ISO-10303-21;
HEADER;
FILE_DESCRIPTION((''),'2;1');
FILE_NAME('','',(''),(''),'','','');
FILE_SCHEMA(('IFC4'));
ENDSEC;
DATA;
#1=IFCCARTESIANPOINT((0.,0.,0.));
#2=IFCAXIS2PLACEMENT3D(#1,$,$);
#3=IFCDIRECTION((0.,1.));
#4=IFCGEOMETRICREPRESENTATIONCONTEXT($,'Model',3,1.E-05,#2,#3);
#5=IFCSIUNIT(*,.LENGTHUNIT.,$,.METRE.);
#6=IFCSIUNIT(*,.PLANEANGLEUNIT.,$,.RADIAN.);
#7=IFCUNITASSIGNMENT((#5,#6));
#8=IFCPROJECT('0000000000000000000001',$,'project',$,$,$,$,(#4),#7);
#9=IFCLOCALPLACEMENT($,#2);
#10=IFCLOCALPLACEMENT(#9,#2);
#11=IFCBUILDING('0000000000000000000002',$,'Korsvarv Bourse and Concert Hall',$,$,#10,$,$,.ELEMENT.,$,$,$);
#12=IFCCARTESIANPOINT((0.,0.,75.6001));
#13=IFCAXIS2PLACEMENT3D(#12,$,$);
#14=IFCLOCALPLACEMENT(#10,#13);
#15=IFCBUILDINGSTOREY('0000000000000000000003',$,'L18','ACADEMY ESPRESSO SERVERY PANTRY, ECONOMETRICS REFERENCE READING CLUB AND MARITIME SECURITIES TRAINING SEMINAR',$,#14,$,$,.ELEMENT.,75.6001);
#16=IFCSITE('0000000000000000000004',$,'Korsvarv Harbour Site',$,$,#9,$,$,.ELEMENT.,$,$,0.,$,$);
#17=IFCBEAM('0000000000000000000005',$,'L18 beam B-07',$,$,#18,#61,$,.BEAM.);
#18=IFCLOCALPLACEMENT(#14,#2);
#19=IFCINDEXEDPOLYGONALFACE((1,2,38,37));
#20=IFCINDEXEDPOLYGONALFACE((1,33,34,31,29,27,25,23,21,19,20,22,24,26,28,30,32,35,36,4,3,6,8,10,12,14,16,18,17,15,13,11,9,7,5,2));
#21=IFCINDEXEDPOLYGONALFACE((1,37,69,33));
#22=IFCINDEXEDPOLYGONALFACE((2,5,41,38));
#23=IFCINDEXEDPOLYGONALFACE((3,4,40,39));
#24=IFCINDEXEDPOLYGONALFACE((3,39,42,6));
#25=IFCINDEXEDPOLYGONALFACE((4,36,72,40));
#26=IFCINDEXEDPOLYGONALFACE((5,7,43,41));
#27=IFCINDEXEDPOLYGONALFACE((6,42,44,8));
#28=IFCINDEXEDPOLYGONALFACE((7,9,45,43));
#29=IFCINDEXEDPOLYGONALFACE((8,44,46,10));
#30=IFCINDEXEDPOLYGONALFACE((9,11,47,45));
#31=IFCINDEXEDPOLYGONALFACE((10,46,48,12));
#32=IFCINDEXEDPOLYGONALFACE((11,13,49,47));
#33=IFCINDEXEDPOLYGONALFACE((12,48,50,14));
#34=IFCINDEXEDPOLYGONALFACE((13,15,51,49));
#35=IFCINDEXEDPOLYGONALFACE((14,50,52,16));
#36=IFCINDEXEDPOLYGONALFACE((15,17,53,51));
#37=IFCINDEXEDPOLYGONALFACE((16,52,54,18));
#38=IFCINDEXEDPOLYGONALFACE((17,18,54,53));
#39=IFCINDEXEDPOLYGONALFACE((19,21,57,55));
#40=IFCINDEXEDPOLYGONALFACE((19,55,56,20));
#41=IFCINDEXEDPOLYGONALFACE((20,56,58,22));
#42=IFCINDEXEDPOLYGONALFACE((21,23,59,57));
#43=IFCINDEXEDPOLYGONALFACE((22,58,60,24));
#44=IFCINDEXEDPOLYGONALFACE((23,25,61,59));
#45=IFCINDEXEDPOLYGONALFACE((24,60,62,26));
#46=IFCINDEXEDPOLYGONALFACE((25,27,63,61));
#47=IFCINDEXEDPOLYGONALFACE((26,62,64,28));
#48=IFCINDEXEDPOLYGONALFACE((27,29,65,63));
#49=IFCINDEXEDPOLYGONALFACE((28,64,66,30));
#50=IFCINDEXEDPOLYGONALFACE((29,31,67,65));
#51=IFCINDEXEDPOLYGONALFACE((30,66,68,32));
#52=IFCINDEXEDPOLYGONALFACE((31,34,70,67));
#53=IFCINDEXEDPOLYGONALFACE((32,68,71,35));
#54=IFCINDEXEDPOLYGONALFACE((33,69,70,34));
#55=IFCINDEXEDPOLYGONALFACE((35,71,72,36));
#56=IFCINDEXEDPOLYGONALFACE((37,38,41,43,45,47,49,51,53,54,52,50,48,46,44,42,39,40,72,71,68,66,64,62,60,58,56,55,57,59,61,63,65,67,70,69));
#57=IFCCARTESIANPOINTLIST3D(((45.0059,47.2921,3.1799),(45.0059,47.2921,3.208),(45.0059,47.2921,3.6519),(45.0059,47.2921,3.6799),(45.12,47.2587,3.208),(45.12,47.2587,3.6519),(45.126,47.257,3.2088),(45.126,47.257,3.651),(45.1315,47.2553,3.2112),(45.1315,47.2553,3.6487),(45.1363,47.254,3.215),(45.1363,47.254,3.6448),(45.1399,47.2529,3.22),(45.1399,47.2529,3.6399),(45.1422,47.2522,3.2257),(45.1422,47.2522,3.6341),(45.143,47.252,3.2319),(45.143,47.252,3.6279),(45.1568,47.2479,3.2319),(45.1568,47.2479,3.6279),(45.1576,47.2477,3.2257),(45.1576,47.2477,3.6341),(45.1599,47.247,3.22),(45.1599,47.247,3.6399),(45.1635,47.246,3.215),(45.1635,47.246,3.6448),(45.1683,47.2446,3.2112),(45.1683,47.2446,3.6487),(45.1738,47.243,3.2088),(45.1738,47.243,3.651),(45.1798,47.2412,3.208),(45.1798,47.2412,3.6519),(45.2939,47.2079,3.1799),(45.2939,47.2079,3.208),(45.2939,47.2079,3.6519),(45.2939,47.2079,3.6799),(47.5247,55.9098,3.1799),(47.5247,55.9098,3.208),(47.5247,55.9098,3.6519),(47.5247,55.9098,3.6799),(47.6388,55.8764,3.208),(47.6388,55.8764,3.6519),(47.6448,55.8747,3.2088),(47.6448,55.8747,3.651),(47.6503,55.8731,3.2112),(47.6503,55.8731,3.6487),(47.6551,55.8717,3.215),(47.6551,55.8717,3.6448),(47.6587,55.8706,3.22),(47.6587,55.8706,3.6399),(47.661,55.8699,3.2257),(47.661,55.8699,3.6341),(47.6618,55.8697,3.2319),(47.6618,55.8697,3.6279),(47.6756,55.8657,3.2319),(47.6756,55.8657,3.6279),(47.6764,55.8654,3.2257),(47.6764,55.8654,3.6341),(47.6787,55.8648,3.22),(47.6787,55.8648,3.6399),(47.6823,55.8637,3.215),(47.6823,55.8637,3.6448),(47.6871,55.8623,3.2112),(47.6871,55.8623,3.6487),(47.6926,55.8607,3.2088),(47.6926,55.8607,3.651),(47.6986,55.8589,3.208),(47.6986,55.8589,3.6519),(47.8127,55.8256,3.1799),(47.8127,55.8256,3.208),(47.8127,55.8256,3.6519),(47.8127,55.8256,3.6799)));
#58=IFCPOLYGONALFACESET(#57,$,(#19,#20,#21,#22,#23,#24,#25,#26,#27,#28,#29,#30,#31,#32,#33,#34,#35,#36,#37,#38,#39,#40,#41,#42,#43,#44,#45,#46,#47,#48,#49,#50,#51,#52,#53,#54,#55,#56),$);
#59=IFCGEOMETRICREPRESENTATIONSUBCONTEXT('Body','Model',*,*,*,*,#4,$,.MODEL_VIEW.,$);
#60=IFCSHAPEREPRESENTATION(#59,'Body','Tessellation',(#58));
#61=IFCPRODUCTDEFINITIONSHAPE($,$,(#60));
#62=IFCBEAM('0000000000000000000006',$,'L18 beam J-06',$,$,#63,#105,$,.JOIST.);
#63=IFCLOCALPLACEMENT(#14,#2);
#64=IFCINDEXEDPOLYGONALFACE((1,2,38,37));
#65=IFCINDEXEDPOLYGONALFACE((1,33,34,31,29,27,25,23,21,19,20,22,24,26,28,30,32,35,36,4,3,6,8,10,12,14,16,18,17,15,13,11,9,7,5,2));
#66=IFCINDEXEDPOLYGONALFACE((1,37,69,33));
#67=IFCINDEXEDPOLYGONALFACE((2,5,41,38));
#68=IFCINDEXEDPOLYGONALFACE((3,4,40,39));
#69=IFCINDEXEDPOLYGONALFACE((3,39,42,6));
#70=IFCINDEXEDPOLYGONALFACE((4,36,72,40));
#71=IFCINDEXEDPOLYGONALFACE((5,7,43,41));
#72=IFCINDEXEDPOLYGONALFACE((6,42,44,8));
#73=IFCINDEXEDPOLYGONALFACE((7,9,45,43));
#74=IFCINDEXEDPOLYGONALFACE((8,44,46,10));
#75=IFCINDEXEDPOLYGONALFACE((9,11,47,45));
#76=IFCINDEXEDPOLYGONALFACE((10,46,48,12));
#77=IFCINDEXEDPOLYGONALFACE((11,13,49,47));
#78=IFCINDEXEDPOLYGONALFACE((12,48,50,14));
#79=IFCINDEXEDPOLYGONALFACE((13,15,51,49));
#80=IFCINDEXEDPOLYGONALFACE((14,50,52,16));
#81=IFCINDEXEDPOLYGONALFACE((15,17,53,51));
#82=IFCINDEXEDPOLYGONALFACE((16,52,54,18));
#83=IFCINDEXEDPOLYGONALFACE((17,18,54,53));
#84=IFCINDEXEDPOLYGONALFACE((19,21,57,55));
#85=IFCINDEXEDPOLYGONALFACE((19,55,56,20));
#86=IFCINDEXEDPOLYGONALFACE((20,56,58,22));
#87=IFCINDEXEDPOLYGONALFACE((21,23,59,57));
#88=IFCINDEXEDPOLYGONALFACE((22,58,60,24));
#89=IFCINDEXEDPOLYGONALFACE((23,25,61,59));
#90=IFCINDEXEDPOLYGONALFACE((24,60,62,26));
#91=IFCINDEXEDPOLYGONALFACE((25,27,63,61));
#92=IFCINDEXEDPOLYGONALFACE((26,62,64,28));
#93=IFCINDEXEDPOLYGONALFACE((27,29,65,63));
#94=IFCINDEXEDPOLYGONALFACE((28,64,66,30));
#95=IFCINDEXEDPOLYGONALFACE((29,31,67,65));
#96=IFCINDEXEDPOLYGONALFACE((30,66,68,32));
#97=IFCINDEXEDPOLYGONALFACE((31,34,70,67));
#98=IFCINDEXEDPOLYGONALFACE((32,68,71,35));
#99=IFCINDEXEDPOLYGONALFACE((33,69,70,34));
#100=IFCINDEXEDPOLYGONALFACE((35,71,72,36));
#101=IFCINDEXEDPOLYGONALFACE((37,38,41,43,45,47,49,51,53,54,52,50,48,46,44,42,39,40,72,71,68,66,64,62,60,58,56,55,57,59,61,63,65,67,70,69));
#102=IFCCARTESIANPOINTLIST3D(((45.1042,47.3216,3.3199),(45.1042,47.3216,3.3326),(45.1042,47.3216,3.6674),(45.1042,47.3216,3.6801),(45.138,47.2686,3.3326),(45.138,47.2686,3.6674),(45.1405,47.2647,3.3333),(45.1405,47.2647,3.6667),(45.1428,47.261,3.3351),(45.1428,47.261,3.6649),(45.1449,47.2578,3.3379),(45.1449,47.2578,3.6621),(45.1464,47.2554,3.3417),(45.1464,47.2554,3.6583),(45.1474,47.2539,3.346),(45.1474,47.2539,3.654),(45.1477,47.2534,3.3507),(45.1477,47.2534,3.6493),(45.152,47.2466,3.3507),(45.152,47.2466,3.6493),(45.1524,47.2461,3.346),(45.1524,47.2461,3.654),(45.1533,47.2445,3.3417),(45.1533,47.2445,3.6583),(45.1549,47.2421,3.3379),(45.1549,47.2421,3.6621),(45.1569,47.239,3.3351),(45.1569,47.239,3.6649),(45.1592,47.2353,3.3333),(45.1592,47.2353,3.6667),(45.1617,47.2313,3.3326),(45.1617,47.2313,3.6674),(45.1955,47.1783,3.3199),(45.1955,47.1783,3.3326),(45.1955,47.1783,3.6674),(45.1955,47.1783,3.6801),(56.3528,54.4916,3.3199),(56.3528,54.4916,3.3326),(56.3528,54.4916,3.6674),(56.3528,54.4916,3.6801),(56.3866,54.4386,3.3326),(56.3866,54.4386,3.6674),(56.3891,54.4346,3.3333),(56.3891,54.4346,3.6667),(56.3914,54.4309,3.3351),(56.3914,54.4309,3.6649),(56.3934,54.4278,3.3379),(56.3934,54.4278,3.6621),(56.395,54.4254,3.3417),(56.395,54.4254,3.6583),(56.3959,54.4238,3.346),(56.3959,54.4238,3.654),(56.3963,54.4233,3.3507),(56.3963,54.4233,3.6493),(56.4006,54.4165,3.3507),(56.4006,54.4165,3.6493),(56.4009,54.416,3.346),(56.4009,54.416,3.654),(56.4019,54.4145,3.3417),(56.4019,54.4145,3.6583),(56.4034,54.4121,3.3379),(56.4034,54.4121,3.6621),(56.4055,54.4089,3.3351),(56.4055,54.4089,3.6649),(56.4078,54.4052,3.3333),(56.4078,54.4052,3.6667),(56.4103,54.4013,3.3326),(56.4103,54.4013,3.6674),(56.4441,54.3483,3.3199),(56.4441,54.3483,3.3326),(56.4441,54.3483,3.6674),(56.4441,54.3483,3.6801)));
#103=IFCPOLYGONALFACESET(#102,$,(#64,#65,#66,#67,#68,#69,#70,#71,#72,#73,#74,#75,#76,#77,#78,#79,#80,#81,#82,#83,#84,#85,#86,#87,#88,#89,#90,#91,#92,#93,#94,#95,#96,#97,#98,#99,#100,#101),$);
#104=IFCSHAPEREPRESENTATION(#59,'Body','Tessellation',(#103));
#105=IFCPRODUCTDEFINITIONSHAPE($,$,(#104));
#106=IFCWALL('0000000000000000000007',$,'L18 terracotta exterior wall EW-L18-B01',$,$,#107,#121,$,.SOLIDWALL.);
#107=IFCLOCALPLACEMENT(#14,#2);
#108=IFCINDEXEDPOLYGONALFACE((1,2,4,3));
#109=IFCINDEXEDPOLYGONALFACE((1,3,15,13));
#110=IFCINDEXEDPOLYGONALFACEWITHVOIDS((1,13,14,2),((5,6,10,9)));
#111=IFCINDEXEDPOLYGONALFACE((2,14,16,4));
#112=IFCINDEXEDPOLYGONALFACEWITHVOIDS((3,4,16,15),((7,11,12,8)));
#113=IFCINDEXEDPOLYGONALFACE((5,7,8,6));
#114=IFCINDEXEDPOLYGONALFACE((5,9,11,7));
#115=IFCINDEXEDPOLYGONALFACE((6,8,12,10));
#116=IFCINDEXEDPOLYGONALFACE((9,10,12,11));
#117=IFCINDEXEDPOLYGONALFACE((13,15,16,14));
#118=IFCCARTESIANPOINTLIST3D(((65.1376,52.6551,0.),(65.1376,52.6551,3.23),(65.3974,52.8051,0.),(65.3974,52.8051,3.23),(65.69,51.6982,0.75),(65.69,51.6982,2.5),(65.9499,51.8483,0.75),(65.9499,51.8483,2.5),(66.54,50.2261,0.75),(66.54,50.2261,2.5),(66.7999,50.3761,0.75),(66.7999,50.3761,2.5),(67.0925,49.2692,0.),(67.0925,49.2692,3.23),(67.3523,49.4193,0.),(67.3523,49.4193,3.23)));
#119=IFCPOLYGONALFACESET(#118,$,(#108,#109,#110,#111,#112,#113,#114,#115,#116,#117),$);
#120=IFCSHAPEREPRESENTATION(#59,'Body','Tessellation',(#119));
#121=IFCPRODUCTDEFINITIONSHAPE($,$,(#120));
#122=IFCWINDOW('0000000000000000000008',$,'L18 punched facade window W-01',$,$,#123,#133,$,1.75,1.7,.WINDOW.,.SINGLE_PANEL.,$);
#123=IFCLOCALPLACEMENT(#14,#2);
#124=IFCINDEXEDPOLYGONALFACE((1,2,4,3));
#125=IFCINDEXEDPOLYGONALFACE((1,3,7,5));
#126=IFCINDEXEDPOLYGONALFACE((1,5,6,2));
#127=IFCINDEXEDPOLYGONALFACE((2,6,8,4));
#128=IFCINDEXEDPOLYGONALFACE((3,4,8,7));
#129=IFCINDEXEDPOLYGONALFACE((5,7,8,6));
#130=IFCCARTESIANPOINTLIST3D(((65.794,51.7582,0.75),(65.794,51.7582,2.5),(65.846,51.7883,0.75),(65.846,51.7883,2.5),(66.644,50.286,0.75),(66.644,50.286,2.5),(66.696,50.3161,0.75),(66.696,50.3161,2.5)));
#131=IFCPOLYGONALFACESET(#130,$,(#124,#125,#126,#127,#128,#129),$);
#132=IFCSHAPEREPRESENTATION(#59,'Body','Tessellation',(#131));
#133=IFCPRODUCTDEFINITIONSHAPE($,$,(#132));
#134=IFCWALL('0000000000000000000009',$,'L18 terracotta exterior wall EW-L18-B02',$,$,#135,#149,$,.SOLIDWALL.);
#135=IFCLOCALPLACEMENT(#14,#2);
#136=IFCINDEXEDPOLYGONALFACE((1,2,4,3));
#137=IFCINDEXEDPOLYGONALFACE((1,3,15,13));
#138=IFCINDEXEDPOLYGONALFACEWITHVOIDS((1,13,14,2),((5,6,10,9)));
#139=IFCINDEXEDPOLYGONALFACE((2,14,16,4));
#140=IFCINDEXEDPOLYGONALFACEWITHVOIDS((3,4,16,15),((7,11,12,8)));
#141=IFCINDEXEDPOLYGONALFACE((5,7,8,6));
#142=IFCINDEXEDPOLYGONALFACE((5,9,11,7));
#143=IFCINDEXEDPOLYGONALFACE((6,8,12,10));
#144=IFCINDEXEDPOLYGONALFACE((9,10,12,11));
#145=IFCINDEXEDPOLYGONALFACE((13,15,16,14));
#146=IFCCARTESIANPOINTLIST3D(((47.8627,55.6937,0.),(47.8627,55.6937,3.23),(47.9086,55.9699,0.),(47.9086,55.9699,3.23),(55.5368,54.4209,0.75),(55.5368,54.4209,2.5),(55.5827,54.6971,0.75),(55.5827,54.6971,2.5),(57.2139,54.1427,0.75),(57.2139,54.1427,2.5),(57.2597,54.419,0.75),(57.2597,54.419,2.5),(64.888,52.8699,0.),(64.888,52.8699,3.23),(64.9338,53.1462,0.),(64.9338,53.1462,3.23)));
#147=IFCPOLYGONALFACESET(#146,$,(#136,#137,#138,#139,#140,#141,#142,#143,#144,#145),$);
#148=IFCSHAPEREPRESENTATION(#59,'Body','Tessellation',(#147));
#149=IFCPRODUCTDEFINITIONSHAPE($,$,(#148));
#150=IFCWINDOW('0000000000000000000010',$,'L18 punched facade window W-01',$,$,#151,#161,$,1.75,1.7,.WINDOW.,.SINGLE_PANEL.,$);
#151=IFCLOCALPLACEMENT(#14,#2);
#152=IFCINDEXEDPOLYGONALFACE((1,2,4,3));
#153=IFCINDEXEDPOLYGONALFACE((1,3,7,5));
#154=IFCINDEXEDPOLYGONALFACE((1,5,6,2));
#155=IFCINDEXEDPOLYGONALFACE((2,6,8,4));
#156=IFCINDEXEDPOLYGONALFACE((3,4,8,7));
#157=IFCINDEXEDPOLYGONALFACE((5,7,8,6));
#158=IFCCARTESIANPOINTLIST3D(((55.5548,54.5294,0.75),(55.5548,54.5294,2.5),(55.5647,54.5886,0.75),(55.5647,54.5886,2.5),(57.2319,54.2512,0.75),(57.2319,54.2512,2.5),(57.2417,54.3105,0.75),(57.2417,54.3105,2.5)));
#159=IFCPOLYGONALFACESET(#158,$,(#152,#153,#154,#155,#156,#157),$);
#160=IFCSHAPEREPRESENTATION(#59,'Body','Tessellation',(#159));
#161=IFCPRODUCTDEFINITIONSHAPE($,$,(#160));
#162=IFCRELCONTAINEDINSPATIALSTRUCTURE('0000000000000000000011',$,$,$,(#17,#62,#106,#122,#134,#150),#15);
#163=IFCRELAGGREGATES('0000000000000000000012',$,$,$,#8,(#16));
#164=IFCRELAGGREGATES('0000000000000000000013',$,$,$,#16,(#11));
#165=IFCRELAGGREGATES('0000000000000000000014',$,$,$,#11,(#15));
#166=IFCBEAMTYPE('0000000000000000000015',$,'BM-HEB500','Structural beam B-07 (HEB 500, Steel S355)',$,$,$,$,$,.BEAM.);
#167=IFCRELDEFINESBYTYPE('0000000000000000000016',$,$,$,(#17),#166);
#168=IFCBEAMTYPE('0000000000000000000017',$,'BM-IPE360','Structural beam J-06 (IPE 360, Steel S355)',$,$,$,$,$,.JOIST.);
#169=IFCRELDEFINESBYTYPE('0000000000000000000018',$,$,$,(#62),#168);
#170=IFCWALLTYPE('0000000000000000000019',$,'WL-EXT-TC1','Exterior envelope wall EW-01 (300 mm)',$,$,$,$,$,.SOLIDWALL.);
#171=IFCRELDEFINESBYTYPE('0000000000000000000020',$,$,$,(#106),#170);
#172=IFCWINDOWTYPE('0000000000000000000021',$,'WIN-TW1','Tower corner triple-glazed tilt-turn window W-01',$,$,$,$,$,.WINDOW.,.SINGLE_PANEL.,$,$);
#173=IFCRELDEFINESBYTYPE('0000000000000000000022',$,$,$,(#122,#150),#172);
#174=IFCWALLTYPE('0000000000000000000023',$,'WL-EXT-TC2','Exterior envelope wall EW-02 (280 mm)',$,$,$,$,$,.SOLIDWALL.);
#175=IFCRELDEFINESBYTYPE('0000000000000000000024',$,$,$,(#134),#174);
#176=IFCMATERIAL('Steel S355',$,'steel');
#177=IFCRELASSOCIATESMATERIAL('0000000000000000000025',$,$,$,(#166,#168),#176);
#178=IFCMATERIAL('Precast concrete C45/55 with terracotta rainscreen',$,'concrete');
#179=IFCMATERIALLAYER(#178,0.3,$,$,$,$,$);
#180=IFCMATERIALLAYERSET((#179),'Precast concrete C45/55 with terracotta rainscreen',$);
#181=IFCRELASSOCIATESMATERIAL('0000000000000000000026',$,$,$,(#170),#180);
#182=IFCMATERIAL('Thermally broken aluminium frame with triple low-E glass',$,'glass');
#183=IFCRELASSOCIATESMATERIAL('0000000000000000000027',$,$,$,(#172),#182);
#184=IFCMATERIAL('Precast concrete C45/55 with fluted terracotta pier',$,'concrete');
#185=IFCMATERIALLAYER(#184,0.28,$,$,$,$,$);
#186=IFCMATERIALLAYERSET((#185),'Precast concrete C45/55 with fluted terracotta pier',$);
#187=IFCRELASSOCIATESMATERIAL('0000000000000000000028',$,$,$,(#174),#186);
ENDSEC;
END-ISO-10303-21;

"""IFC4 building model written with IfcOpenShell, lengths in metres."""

from ifc_helpers import new_model, si_unit, direction, frame, frame_2d, origin, origin_2d, place, context, subcontext, project, spatial, rectangle, i_section, extrude, source, transform, mapped, material, layer, layer_set, material_profile, profile_set, type_object, element, fill, save


model = new_model("IFC4")

# Units and contexts
model_context = context("Model", 3, precision=1e-05, world=origin(), true_north=direction((0.0, 1.0)))
body_context = subcontext(model_context, "Body", "Model", "MODEL_VIEW")
ifc_project = project(units=[si_unit("LENGTHUNIT", "METRE"), si_unit("PLANEANGLEUNIT", "RADIAN")], contexts=[model_context])

# Site, building, storey
site_placement = place(None, origin())
site = spatial("IfcSite", under=ifc_project, at=site_placement, Name="Korsvarv Harbour Site", CompositionType="ELEMENT", RefElevation=0.0)
building_placement = place(site_placement, origin())
building = spatial("IfcBuilding", under=site, at=building_placement, Name="Korsvarv Bourse and Concert Hall", CompositionType="ELEMENT")
storey_placement = place(building_placement, frame((0.0, 0.0, 75.6001)))
storey = spatial("IfcBuildingStorey", under=building, at=storey_placement, Name="L18", Description="ACADEMY ESPRESSO SERVERY PANTRY, ECONOMETRICS REFERENCE READING CLUB AND MARITIME SECURITIES TRAINING SEMINAR", CompositionType="ELEMENT", Elevation=75.6001)

# Beams
ifc_material_1 = material(Name="Steel S355", Category="steel")
ifc_material_profile_1 = material_profile(ifc_material_1, i_section(OverallWidth=0.3, OverallDepth=0.5, WebThickness=0.0144, FlangeThickness=0.0281, FilletRadius=0.0239, at=origin_2d()), Name="HEB 500")
ifc_profile_set_1 = profile_set([ifc_material_profile_1], Name="Steel S355")
beam_type_1 = type_object("IfcBeamType", Name="BM-HEB500", Description="Structural beam B-07 (HEB 500, Steel S355)", PredefinedType="BEAM", material=ifc_profile_set_1)
shared_shape_1 = source(origin(), body_context, "Body", "SweptSolid", [
    extrude(i_section(OverallWidth=0.3, OverallDepth=0.5, WebThickness=0.0144, FlangeThickness=0.0281, FilletRadius=0.0239, at=origin_2d()), origin(), (0.0, 0.0, 1.0), 8.9783),
])
beam_1_placement = place(storey_placement, frame((47.6687, 55.8677, 3.4299), z_axis=(-0.280545, -0.959841, 0.0), x_axis=(0.959841, -0.280545, 0.0)))
element("IfcBeam", 1, at=beam_1_placement, inside=storey, type_object=beam_type_1, Name="L18 beam B-07", PredefinedType="BEAM", context=body_context, shape_type="MappedRepresentation", body=[
    mapped(shared_shape_1, transform((0.0, 0.0, 0.0), scale=1.0)),
])
ifc_material_profile_2 = material_profile(ifc_material_1, i_section(OverallWidth=0.1699, OverallDepth=0.3601, WebThickness=0.0081, FlangeThickness=0.0127, FilletRadius=0.0181, at=origin_2d()), Name="IPE 360")
ifc_profile_set_2 = profile_set([ifc_material_profile_2], Name="Steel S355")
beam_type_2 = type_object("IfcBeamType", Name="BM-IPE360", Description="Structural beam J-06 (IPE 360, Steel S355)", PredefinedType="JOIST", material=ifc_profile_set_2)
shared_shape_2 = source(origin(), body_context, "Body", "SweptSolid", [
    extrude(i_section(OverallWidth=0.1699, OverallDepth=0.3601, WebThickness=0.0081, FlangeThickness=0.0127, FilletRadius=0.0181, at=origin_2d()), origin(), (0.0, 0.0, 1.0), 13.3394),
])
beam_2_placement = place(storey_placement, frame((56.3984, 54.4199, 3.5), z_axis=(-0.843262, -0.537503, 0.0), x_axis=(0.537503, -0.843262, 0.0)))
element("IfcBeam", 2, at=beam_2_placement, inside=storey, type_object=beam_type_2, Name="L18 beam J-06", PredefinedType="JOIST", context=body_context, shape_type="MappedRepresentation", body=[
    mapped(shared_shape_2, transform((0.0, 0.0, 0.0), scale=1.0)),
])

# Walls, openings, windows
ifc_material_2 = material(Name="Precast concrete C45/55 with terracotta rainscreen", Category="concrete")
ifc_layer_1 = layer(ifc_material_2, 0.3)
ifc_layer_set_1 = layer_set([ifc_layer_1], Name="Precast concrete C45/55 with terracotta rainscreen")
wall_type_1 = type_object("IfcWallType", Name="WL-EXT-TC1", Description="Exterior envelope wall EW-01 (300 mm)", PredefinedType="SOLIDWALL", material=ifc_layer_set_1)
wall_1_placement = place(storey_placement, frame((67.2224, 49.3442, 0.0), z_axis=(0.0, 0.0, 1.0), x_axis=(-0.500014, 0.866017, 0.0)))
wall_1 = element("IfcWall", 3, at=wall_1_placement, inside=storey, type_object=wall_type_1, Name="L18 terracotta exterior wall EW-L18-B01", PredefinedType="SOLIDWALL", context=body_context, shape_type="SweptSolid", body=[
    extrude(rectangle(XDim=3.9097, YDim=0.3, at=frame_2d((1.9548, 0.0))), origin(), (0.0, 0.0, 1.0), 3.23),
])
opening_1_placement = place(wall_1_placement, frame((1.1047, 0.0, 0.75)))
opening_1 = element("IfcOpeningElement", 4, at=opening_1_placement, cuts=wall_1, PredefinedType="OPENING", context=body_context, shape_type="SweptSolid", body=[
    extrude(rectangle(XDim=1.7, YDim=1.75, at=frame_2d((0.8501, 0.875))), frame((0.0, 0.1602, 0.0), z_axis=(0.0, -1.0, 0.0), x_axis=(1.0, 0.0, 0.0)), (0.0, 0.0, 1.0), 0.3201),
])
ifc_material_3 = material(Name="Thermally broken aluminium frame with triple low-E glass", Category="glass")
window_type = type_object("IfcWindowType", Name="WIN-TW1", Description="Tower corner triple-glazed tilt-turn window W-01", PartitioningType="SINGLE_PANEL", PredefinedType="WINDOW", material=ifc_material_3)
window_1_placement = place(opening_1_placement, origin())
window_1 = element("IfcWindow", 5, at=window_1_placement, inside=storey, type_object=window_type, Name="L18 punched facade window W-01", OverallHeight=1.75, OverallWidth=1.7, PartitioningType="SINGLE_PANEL", PredefinedType="WINDOW", context=body_context, shape_type="SweptSolid", body=[
    extrude(rectangle(XDim=1.7, YDim=1.75, at=frame_2d((0.8501, 0.875))), frame((0.0, 0.03, 0.0), z_axis=(0.0, -1.0, 0.0), x_axis=(1.0, 0.0, 0.0)), (0.0, 0.0, 1.0), 0.0601),
])
fill(opening_1, window_1)
ifc_material_4 = material(Name="Precast concrete C45/55 with fluted terracotta pier", Category="concrete")
ifc_layer_2 = layer(ifc_material_4, 0.28)
ifc_layer_set_2 = layer_set([ifc_layer_2], Name="Precast concrete C45/55 with fluted terracotta pier")
wall_type_2 = type_object("IfcWallType", Name="WL-EXT-TC2", Description="Exterior envelope wall EW-02 (280 mm)", PredefinedType="SOLIDWALL", material=ifc_layer_set_2)
wall_2_placement = place(storey_placement, frame((64.9109, 53.0081, 0.0), z_axis=(0.0, 0.0, 1.0), x_axis=(-0.986523, 0.163621, 0.0)))
wall_2 = element("IfcWall", 6, at=wall_2_placement, inside=storey, type_object=wall_type_2, Name="L18 terracotta exterior wall EW-L18-B02", PredefinedType="SOLIDWALL", context=body_context, shape_type="SweptSolid", body=[
    extrude(rectangle(XDim=17.2578, YDim=0.28, at=frame_2d((8.6289, 0.0))), origin(), (0.0, 0.0, 1.0), 3.23),
])
opening_2_placement = place(wall_2_placement, frame((7.7788, 0.0, 0.75)))
opening_2 = element("IfcOpeningElement", 7, at=opening_2_placement, cuts=wall_2, PredefinedType="OPENING", context=body_context, shape_type="SweptSolid", body=[
    extrude(rectangle(XDim=1.7, YDim=1.75, at=frame_2d((0.8501, 0.875))), frame((0.0, 0.1499, 0.0), z_axis=(0.0, -1.0, 0.0), x_axis=(1.0, 0.0, 0.0)), (0.0, 0.0, 1.0), 0.3),
])
window_2_placement = place(opening_2_placement, origin())
window_2 = element("IfcWindow", 8, at=window_2_placement, inside=storey, type_object=window_type, Name="L18 punched facade window W-01", OverallHeight=1.75, OverallWidth=1.7, PartitioningType="SINGLE_PANEL", PredefinedType="WINDOW", context=body_context, shape_type="SweptSolid", body=[
    extrude(rectangle(XDim=1.7, YDim=1.75, at=frame_2d((0.8501, 0.875))), frame((0.0, 0.03, 0.0), z_axis=(0.0, -1.0, 0.0), x_axis=(1.0, 0.0, 0.0)), (0.0, 0.0, 1.0), 0.0601),
])
fill(opening_2, window_2)

save(model, "model.ifc")
